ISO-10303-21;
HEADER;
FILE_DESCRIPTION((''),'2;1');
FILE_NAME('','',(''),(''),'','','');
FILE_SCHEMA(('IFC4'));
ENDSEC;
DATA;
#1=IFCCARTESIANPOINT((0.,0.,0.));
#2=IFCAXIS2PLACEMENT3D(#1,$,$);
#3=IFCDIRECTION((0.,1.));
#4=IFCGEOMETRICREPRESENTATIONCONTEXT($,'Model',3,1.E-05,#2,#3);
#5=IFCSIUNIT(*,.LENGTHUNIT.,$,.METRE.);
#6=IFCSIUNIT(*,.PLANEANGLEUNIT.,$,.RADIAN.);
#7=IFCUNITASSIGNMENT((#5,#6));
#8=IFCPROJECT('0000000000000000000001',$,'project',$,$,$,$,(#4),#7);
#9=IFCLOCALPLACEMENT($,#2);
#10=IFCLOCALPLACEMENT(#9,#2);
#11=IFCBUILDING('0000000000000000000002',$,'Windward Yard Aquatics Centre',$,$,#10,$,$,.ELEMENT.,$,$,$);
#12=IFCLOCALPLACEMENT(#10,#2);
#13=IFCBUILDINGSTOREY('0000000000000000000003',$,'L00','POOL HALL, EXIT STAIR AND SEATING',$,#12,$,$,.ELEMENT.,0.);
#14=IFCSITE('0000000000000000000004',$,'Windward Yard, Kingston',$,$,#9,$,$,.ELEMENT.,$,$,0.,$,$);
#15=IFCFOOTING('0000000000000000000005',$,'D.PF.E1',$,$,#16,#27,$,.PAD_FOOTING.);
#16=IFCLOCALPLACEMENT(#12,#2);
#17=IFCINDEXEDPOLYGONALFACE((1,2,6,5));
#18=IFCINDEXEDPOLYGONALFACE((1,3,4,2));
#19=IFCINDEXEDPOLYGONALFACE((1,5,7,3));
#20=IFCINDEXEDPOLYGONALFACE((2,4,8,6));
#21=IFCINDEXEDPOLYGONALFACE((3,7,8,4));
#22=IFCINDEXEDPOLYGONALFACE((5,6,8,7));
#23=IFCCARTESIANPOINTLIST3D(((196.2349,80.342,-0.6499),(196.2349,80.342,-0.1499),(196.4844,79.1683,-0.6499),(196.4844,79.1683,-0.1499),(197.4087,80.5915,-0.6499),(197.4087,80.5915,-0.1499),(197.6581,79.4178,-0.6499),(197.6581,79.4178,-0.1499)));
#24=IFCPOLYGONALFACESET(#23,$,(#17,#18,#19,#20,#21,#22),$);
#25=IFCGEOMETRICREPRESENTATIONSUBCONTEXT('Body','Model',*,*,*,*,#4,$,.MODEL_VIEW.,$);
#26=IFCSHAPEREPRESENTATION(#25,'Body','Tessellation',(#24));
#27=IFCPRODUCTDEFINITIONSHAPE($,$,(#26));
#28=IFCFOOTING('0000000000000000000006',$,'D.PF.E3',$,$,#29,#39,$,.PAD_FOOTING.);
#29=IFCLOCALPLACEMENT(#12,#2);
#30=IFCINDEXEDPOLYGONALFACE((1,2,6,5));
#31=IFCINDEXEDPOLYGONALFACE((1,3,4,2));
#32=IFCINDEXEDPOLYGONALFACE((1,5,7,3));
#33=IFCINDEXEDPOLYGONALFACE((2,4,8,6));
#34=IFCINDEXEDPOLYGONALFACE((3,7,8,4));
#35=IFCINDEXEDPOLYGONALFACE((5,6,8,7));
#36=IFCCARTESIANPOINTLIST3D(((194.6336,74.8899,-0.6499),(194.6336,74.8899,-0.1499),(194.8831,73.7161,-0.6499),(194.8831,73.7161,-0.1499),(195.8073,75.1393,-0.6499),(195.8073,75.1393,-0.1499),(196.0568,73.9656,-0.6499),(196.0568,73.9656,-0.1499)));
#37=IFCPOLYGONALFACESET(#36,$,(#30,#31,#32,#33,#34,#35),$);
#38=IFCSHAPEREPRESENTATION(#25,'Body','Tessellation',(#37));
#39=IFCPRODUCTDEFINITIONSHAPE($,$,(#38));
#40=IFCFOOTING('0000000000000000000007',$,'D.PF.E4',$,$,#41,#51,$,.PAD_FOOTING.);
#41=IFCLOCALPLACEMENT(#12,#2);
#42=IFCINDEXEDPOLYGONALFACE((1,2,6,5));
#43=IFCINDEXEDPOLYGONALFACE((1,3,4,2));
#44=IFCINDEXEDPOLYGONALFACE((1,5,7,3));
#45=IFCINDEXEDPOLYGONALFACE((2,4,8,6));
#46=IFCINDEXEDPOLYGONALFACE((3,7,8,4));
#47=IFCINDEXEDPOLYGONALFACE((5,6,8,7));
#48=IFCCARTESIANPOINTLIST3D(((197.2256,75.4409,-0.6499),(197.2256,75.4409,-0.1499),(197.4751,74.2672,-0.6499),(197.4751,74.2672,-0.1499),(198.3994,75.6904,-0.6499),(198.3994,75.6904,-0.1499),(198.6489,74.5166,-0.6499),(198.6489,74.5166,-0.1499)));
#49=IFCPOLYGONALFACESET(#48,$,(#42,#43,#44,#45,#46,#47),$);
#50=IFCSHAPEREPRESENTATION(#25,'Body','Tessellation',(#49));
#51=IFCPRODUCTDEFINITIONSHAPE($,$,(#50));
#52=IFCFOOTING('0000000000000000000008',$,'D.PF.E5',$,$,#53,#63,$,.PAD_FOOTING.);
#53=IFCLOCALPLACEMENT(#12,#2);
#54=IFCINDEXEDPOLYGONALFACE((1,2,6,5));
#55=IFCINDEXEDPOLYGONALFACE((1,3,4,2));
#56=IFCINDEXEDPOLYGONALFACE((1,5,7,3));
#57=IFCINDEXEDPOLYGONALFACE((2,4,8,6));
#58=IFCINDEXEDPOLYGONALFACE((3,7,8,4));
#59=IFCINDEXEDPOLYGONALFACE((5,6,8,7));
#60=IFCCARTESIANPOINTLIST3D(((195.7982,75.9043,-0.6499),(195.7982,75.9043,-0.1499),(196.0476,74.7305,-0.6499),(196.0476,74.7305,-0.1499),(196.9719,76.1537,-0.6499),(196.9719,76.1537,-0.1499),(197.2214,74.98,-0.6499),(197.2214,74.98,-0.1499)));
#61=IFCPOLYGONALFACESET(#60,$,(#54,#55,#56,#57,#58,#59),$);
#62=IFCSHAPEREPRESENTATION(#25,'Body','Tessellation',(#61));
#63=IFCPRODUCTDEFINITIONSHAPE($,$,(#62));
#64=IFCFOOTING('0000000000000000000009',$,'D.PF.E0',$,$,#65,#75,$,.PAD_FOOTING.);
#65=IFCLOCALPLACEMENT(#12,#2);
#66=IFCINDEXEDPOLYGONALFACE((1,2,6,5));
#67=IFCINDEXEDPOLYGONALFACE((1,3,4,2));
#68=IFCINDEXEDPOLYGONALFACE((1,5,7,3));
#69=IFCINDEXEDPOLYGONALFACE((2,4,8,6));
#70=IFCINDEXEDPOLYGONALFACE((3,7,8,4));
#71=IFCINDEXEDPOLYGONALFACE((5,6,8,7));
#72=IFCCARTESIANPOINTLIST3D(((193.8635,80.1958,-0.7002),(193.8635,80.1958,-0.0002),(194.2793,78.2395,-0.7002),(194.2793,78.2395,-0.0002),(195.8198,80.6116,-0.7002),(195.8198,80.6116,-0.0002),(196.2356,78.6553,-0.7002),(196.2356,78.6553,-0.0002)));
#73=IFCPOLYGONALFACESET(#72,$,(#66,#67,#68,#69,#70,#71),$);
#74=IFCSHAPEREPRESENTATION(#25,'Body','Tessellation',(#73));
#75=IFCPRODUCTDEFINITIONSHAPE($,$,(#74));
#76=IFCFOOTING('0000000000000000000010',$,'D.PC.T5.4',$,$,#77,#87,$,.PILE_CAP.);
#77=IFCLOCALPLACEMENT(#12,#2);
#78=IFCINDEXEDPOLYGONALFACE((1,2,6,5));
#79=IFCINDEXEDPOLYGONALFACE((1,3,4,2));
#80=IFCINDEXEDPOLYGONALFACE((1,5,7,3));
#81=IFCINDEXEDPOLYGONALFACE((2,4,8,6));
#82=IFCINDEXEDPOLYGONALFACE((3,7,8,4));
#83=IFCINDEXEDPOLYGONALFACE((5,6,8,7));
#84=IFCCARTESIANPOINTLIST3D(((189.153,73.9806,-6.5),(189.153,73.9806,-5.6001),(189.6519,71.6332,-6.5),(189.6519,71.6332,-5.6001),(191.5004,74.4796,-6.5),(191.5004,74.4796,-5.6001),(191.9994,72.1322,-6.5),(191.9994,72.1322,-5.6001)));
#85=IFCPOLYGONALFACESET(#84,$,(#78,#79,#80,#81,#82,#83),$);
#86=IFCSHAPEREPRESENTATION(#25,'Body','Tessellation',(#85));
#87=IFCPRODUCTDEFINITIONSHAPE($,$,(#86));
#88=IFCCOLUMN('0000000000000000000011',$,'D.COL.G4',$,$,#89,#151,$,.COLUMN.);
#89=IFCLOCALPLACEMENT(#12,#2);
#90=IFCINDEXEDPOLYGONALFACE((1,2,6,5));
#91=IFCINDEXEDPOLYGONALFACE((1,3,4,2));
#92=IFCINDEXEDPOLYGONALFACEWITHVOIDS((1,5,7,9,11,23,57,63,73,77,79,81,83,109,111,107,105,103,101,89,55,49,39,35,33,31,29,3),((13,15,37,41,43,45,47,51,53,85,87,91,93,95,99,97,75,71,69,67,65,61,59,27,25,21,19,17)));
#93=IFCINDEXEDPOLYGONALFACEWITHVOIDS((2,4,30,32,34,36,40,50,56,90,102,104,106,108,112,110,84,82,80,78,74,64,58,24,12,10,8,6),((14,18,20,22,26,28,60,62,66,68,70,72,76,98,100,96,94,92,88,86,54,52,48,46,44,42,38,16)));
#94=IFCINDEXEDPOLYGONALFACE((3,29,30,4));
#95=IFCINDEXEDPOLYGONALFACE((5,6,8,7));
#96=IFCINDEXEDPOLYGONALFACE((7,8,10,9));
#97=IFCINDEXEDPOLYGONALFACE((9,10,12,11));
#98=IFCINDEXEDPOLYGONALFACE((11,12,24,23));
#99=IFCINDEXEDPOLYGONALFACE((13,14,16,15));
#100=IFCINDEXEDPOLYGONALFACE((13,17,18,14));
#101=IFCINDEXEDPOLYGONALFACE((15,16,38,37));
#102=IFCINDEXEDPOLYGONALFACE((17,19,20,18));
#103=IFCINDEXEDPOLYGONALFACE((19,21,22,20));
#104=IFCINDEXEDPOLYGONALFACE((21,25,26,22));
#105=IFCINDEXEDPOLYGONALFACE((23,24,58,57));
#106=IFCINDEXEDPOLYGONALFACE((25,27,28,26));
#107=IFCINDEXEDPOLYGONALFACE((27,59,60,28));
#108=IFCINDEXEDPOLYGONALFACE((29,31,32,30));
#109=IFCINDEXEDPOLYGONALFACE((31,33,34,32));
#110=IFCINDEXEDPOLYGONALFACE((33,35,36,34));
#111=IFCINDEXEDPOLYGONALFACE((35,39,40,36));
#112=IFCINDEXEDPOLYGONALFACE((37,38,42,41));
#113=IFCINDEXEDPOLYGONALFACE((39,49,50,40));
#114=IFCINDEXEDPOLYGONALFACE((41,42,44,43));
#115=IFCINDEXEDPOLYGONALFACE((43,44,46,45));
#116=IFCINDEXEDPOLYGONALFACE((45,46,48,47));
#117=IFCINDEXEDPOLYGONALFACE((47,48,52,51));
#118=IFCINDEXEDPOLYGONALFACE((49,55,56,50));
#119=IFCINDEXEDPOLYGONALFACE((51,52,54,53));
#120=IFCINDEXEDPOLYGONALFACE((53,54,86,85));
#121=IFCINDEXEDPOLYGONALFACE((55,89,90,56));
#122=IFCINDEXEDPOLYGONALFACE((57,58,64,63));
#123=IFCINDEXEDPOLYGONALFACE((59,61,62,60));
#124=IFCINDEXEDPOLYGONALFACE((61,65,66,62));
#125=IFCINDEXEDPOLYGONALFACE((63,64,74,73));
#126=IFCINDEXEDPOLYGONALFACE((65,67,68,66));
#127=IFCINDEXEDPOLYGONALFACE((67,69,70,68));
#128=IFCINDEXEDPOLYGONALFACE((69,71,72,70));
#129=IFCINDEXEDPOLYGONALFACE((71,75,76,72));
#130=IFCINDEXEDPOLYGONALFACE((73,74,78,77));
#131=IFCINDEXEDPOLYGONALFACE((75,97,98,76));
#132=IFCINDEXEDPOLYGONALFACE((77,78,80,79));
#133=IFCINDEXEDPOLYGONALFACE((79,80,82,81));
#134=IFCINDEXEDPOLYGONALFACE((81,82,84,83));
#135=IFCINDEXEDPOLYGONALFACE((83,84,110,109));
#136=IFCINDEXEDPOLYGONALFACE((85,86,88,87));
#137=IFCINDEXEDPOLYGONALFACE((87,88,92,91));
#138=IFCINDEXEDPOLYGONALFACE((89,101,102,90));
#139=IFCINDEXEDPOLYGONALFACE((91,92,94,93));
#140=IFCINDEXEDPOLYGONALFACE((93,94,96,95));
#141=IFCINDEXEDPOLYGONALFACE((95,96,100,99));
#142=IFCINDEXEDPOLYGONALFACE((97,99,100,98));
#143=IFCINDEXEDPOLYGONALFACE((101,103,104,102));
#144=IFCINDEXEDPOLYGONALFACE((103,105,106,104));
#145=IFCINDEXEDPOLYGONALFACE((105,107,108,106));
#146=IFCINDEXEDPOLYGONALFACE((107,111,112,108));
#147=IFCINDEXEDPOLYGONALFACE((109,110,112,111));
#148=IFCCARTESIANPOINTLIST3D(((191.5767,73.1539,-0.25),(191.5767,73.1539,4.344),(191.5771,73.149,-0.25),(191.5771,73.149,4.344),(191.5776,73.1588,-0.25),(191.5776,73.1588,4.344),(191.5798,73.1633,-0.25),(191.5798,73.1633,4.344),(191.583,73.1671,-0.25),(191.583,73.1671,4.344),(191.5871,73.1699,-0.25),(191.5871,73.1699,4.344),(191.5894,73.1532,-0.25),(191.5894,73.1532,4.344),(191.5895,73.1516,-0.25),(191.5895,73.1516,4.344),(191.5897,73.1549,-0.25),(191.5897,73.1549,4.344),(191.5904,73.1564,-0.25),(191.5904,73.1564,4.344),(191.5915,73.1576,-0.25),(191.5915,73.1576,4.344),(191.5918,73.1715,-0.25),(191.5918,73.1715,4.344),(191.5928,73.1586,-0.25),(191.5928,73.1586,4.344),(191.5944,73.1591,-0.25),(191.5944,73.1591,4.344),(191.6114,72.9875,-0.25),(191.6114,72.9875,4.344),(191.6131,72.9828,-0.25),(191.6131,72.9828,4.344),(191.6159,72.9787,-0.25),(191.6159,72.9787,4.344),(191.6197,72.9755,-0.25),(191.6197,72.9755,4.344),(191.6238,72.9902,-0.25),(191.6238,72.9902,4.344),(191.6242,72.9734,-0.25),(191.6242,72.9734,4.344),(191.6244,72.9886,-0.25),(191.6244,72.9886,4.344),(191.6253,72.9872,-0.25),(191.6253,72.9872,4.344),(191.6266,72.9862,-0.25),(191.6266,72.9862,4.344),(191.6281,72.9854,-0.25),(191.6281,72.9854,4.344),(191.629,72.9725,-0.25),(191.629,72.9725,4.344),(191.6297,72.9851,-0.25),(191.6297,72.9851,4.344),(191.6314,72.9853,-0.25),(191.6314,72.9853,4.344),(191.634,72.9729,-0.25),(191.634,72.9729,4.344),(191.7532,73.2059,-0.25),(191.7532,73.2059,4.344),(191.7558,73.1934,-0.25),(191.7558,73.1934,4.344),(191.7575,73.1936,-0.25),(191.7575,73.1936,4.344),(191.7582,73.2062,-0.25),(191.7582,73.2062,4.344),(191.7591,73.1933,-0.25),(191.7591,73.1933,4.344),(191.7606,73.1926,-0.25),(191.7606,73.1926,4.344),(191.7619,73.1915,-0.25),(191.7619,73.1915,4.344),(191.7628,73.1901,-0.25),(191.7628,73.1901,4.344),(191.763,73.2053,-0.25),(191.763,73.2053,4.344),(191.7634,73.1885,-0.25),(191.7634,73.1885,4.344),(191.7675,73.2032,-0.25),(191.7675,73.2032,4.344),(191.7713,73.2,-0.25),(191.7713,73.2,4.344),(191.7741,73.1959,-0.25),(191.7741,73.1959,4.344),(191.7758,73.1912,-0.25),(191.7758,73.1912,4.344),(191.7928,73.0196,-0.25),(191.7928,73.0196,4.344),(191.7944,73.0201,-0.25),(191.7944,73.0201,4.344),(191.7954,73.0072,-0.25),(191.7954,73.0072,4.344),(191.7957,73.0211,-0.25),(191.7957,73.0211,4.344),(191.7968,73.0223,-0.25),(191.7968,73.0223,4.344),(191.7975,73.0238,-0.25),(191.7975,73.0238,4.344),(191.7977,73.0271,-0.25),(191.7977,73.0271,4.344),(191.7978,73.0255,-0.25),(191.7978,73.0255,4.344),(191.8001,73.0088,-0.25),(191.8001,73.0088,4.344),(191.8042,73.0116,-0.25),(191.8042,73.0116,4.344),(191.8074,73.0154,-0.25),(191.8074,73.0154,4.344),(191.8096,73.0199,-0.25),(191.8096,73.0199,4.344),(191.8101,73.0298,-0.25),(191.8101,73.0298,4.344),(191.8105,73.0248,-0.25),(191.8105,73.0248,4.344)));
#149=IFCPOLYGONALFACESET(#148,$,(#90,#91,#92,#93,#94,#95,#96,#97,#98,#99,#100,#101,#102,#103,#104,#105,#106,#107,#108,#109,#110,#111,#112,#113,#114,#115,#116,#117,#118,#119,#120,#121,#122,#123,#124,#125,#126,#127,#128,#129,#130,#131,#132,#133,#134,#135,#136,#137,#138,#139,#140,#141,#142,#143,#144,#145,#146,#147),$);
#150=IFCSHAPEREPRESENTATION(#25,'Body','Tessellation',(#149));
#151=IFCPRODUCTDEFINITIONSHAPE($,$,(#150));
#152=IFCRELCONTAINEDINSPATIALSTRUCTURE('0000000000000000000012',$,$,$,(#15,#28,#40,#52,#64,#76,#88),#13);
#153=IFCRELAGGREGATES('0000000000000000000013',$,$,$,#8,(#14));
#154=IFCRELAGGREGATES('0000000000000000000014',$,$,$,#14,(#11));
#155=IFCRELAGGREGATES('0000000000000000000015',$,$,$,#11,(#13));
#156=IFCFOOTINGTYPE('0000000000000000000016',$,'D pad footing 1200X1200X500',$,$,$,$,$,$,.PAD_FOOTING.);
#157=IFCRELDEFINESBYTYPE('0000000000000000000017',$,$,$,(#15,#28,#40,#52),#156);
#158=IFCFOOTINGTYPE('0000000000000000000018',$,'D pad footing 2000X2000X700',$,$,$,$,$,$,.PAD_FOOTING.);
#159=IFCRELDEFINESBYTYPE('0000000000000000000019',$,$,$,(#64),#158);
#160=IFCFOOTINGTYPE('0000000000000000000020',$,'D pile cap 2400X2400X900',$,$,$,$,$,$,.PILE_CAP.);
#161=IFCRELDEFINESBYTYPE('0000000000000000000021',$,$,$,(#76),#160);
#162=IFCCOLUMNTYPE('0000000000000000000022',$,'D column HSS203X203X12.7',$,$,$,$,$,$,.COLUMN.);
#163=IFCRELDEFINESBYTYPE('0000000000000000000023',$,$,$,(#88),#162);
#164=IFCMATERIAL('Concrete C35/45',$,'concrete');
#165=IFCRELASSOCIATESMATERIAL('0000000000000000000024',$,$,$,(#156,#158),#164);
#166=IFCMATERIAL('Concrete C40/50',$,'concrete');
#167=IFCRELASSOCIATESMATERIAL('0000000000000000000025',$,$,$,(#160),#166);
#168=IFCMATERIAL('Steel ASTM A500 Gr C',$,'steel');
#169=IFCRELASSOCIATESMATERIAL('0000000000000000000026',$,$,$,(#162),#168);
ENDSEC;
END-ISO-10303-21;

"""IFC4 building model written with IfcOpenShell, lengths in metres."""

from ifc_helpers import new_model, si_unit, direction, frame, origin, origin_2d, place, context, subcontext, project, spatial, rectangle, hollow_rectangle, extrude, material, material_profile, profile_set, type_object, element, save


model = new_model("IFC4")

# Units and contexts
model_context = context("Model", 3, precision=1e-05, world=origin(), true_north=direction((0.0, 1.0)))
body_context = subcontext(model_context, "Body", "Model", "MODEL_VIEW")
ifc_project = project(units=[si_unit("LENGTHUNIT", "METRE"), si_unit("PLANEANGLEUNIT", "RADIAN")], contexts=[model_context])

# Site, building, storey
site_placement = place(None, origin())
site = spatial("IfcSite", under=ifc_project, at=site_placement, Name="Windward Yard, Kingston", CompositionType="ELEMENT", RefElevation=0.0)
building_placement = place(site_placement, origin())
building = spatial("IfcBuilding", under=site, at=building_placement, Name="Windward Yard Aquatics Centre", CompositionType="ELEMENT")
storey_placement = place(building_placement, origin())
storey = spatial("IfcBuildingStorey", under=building, at=storey_placement, Name="L00", Description="POOL HALL, EXIT STAIR AND SEATING", CompositionType="ELEMENT", Elevation=0.0)

# Shared definitions
ifc_material_1 = material(Name="Concrete C40/50", Category="concrete")

# Footings
ifc_material_2 = material(Name="Concrete C35/45", Category="concrete")
footing_type_1 = type_object("IfcFootingType", Name="D pad footing 1200X1200X500", PredefinedType="PAD_FOOTING", material=ifc_material_2)
for number, where, z_axis, x_axis, name in (
    (1, (196.9465, 79.8799, -0.6499), (0.0, 0.0, 1.0), (0.978148, 0.207912, 0.0), "D.PF.E1"),
    (2, (195.3452, 74.4277, -0.6499), (0.0, 0.0, 1.0), (0.978148, 0.207912, 0.0), "D.PF.E3"),
    (3, (197.9373, 74.9788, -0.6499), (0.0, 0.0, 1.0), (0.978148, 0.207912, 0.0), "D.PF.E4"),
    (4, (196.5098, 75.4421, -0.6499), (0.0, 0.0, 1.0), (0.978148, 0.207912, 0.0), "D.PF.E5"),
):
    element("IfcFooting", number, at=place(storey_placement, frame(where, z_axis=z_axis, x_axis=x_axis)), inside=storey, type_object=footing_type_1, Name=name, PredefinedType="PAD_FOOTING", context=body_context, shape_type="SweptSolid", body=[
        extrude(rectangle(XDim=1.2, YDim=1.2, at=origin_2d()), origin(), (0.0, 0.0, 1.0), 0.5),
    ])
footing_type_2 = type_object("IfcFootingType", Name="D pad footing 2000X2000X700", PredefinedType="PAD_FOOTING", material=ifc_material_2)
footing_1_placement = place(storey_placement, frame((195.0496, 79.4255, -0.7002), z_axis=(0.0, 0.0, 1.0), x_axis=(0.978148, 0.207912, 0.0)))
element("IfcFooting", 5, at=footing_1_placement, inside=storey, type_object=footing_type_2, Name="D.PF.E0", PredefinedType="PAD_FOOTING", context=body_context, shape_type="SweptSolid", body=[
    extrude(rectangle(XDim=2.0, YDim=2.0, at=origin_2d()), origin(), (0.0, 0.0, 1.0), 0.7),
])
footing_type_3 = type_object("IfcFootingType", Name="D pile cap 2400X2400X900", PredefinedType="PILE_CAP", material=ifc_material_1)
footing_2_placement = place(storey_placement, frame((190.5762, 73.0564, -6.5), z_axis=(0.0, 0.0, 1.0), x_axis=(0.978148, 0.207912, 0.0)))
element("IfcFooting", 6, at=footing_2_placement, inside=storey, type_object=footing_type_3, Name="D.PC.T5.4", PredefinedType="PILE_CAP", context=body_context, shape_type="SweptSolid", body=[
    extrude(rectangle(XDim=2.3999, YDim=2.3999, at=origin_2d()), origin(), (0.0, 0.0, 1.0), 0.8999),
])

# Column
ifc_material_3 = material(Name="Steel ASTM A500 Gr C", Category="steel")
ifc_material_profile_1 = material_profile(ifc_material_3, hollow_rectangle(XDim=0.2031, YDim=0.2031, WallThickness=0.0127, InnerFilletRadius=0.0063, OuterFilletRadius=0.019, at=origin_2d()), Name="HSS203X203X12.7")
ifc_profile_set_1 = profile_set([ifc_material_profile_1], Name="Steel ASTM A500 Gr C")
column_type = type_object("IfcColumnType", Name="D column HSS203X203X12.7", PredefinedType="COLUMN", material=ifc_profile_set_1)
column_1_placement = place(storey_placement, frame((191.6936, 73.0894, -0.25), z_axis=(0.0, 0.0, 1.0), x_axis=(0.978148, 0.207912, 0.0)))
element("IfcColumn", 7, at=column_1_placement, inside=storey, type_object=column_type, Name="D.COL.G4", PredefinedType="COLUMN", context=body_context, shape_type="SweptSolid", body=[
    extrude(hollow_rectangle(XDim=0.2031, YDim=0.2031, WallThickness=0.0127, InnerFilletRadius=0.0063, OuterFilletRadius=0.019, at=origin_2d()), origin(), (0.0, 0.0, 1.0), 4.594),
])

save(model, "model.ifc")
